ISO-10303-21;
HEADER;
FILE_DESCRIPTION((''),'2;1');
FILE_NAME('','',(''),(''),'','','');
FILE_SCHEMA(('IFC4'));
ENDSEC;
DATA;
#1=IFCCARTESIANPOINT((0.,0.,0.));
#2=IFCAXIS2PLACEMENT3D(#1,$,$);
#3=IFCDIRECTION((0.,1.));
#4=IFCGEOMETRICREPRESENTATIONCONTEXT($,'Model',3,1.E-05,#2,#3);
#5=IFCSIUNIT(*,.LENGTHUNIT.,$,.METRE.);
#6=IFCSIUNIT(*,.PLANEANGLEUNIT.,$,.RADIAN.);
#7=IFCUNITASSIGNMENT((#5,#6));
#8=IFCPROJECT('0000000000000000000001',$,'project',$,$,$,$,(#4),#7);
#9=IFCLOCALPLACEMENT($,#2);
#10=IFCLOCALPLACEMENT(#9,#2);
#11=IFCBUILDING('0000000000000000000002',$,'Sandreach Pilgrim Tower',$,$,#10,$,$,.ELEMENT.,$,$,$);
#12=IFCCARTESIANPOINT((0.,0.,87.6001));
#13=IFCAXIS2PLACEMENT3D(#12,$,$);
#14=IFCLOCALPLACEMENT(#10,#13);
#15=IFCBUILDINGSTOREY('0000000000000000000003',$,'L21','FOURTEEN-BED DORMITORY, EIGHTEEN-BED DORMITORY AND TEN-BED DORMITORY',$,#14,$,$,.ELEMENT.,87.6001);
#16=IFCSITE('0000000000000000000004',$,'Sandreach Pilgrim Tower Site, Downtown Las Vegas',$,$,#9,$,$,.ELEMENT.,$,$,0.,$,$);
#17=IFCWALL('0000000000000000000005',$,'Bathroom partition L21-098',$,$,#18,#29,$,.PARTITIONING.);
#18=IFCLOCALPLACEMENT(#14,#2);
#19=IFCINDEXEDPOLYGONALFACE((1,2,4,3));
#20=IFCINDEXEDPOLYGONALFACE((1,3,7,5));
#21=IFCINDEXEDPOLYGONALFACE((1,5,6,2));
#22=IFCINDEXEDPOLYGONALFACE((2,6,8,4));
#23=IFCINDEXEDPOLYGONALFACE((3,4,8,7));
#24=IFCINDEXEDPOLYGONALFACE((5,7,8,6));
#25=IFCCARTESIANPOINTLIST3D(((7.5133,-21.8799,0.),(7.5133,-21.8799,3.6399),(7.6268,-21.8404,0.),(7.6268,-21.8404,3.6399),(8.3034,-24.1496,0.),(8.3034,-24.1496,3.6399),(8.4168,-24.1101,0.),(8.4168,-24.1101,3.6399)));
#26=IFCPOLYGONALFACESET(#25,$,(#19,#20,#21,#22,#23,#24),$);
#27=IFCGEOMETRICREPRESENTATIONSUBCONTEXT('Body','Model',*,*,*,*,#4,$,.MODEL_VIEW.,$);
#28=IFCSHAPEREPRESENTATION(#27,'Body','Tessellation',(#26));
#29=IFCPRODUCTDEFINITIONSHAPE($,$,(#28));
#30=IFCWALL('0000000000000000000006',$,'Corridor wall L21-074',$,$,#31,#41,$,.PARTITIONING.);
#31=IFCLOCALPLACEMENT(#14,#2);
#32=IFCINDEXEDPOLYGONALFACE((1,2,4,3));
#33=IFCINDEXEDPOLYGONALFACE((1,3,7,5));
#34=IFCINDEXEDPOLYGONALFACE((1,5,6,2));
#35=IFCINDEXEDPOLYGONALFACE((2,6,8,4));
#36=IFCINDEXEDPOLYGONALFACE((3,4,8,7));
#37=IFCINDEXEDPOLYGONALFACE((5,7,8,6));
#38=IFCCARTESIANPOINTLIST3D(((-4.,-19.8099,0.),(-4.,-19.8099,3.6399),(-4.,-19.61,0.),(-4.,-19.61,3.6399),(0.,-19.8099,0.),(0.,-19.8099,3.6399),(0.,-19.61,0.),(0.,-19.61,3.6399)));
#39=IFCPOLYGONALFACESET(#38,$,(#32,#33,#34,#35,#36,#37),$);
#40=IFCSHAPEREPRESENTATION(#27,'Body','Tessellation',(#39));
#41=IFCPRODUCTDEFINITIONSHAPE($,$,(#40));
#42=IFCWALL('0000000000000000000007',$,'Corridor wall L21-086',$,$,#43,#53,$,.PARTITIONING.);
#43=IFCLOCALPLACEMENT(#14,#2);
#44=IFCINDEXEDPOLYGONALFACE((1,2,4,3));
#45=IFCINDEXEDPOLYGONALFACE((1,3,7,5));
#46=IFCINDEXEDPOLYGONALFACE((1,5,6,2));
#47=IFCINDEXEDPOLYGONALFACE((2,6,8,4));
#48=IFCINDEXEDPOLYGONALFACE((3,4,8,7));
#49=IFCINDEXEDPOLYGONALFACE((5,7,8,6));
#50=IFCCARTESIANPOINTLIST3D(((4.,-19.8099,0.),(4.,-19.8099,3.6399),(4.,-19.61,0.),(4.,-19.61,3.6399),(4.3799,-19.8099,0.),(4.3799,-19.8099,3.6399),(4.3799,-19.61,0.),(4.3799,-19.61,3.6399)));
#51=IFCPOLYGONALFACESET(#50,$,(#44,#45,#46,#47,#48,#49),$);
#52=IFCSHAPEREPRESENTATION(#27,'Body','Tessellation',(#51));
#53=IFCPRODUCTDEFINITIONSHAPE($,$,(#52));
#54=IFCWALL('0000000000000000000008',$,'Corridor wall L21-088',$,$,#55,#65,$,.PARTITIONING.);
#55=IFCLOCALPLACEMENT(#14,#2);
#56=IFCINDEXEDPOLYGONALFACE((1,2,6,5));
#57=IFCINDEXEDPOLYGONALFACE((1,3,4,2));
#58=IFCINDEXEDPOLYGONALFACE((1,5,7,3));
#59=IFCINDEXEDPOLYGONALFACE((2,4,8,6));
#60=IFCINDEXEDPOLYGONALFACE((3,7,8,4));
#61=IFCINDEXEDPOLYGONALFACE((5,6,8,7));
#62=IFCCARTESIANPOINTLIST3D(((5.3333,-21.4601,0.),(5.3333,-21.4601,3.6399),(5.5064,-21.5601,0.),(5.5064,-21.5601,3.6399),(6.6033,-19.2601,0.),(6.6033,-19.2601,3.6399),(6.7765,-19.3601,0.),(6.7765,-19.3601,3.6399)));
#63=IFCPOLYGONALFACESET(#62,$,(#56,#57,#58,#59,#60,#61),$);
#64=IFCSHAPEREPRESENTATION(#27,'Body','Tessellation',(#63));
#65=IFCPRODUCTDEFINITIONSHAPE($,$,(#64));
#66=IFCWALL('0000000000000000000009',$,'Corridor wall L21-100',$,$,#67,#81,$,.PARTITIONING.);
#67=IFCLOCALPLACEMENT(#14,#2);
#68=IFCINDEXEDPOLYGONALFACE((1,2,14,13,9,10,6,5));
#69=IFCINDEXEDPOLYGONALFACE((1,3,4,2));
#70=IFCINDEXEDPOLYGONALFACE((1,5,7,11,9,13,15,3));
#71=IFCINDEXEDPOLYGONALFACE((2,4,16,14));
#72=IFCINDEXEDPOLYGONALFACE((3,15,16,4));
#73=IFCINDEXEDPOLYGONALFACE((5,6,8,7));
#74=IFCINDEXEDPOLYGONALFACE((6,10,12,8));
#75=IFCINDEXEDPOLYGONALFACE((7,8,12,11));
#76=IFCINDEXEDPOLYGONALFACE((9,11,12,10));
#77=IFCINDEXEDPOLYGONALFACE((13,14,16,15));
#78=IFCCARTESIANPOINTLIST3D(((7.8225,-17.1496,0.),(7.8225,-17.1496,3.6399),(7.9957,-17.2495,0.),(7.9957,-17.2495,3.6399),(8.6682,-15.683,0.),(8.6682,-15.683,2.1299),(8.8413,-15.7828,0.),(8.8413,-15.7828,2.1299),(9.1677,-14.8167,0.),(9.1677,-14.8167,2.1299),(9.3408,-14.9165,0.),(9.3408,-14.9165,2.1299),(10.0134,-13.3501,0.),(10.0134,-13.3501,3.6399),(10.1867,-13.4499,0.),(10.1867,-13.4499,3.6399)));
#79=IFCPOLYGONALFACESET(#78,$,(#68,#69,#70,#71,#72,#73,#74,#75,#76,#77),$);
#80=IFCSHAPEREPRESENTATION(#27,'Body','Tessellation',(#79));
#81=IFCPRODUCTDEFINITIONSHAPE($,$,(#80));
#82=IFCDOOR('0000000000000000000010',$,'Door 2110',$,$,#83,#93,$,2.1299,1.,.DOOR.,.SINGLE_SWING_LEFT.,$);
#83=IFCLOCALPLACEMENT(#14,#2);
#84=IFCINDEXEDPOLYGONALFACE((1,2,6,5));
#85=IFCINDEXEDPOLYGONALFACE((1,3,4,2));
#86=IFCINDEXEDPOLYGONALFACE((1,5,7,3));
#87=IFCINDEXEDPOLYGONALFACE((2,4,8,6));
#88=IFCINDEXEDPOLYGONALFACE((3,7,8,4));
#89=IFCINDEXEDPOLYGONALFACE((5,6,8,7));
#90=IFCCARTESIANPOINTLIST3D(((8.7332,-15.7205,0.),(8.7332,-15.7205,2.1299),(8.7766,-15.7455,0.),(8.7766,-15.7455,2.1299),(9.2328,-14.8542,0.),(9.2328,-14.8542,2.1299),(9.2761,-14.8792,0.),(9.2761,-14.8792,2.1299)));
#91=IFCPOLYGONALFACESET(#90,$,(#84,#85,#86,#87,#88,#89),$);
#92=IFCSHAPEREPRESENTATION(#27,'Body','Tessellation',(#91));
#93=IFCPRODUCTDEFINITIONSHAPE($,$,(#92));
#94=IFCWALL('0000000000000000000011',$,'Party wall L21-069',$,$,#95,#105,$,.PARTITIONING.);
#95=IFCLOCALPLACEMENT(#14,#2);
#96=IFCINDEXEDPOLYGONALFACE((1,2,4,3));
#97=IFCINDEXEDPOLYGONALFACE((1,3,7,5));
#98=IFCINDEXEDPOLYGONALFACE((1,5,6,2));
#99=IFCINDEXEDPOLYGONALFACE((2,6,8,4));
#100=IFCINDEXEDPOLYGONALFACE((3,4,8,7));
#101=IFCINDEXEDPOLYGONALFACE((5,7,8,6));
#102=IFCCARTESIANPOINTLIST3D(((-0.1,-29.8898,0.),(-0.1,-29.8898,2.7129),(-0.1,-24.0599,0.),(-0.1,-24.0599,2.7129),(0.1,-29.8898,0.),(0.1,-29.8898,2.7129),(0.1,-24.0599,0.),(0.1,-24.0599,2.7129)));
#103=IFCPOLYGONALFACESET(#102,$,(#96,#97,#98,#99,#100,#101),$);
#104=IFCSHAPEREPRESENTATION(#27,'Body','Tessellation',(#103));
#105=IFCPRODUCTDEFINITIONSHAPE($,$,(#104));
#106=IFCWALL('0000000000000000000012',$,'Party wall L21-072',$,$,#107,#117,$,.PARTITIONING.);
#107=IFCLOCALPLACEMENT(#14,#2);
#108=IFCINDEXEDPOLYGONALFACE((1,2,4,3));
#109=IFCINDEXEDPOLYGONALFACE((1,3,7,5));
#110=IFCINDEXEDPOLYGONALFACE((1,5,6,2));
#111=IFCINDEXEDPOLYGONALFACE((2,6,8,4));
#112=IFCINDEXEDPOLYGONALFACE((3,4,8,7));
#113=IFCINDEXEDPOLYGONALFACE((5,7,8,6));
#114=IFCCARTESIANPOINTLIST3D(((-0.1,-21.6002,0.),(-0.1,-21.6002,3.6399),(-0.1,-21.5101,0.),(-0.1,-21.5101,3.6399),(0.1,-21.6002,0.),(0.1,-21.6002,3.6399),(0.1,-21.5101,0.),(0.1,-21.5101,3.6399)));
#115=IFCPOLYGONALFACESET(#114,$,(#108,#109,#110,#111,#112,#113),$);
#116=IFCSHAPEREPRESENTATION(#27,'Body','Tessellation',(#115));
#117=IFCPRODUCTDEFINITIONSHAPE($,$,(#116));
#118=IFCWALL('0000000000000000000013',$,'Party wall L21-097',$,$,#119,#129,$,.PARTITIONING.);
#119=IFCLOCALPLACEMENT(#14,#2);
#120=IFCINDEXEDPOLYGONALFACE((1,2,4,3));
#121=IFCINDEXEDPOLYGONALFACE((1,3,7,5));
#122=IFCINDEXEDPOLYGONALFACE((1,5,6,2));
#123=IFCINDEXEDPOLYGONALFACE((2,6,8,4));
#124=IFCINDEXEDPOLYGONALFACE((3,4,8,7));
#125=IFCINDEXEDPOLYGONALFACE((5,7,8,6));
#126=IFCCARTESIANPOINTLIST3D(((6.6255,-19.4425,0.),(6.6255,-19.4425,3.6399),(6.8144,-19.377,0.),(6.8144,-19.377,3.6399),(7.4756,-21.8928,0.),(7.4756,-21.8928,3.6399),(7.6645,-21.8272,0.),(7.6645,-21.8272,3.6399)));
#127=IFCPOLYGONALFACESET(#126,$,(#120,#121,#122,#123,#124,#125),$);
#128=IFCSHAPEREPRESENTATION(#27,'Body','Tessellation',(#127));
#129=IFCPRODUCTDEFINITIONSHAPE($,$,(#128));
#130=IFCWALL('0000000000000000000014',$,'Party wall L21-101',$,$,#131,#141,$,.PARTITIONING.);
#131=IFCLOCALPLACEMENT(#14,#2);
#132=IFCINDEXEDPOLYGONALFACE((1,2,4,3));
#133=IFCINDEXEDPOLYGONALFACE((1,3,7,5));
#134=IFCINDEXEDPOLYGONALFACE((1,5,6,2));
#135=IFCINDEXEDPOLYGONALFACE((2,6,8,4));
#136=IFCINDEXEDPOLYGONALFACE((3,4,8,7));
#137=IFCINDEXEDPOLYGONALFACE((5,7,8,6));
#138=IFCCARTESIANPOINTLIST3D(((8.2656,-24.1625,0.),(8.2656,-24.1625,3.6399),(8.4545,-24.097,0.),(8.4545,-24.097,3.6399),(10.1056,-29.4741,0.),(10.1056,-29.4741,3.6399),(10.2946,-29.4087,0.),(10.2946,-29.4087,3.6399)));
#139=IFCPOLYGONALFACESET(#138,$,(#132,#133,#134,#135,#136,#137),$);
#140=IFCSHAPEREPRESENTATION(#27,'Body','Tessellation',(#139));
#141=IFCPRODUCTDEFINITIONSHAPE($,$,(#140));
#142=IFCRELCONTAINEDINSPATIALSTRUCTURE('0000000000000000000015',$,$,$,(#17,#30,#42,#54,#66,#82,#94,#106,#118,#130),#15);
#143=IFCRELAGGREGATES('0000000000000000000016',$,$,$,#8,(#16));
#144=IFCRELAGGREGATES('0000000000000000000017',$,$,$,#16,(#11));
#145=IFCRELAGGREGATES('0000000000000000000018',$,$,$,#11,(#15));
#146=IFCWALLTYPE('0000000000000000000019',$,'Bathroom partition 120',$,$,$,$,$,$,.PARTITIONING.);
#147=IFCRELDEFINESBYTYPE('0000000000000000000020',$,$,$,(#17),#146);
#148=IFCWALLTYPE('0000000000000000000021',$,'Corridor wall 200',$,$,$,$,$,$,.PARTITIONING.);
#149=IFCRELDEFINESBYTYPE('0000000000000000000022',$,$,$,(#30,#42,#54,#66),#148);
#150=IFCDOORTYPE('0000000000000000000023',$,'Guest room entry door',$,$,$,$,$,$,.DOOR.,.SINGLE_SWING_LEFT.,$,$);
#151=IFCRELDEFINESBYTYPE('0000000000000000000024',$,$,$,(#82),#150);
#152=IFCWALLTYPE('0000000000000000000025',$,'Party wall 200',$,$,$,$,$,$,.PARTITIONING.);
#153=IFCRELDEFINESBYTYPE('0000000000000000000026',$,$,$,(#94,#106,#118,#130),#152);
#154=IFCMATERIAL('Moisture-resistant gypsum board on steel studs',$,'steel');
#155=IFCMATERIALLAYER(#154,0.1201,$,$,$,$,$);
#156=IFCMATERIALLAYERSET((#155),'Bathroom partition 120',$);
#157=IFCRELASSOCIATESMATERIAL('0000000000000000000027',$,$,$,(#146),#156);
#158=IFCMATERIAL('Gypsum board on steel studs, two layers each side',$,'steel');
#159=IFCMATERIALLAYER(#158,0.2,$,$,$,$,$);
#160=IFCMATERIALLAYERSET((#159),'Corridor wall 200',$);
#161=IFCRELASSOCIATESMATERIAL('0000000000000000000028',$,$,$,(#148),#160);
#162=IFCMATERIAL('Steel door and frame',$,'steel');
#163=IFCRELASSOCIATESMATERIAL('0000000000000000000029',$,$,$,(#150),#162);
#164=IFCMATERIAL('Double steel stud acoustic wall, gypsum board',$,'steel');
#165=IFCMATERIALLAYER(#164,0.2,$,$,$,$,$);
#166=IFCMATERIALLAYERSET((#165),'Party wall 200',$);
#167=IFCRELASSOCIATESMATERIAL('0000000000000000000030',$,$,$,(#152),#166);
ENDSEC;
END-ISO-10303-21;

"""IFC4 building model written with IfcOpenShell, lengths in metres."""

from ifc_helpers import new_model, si_unit, direction, frame, frame_2d, origin, place, context, subcontext, project, spatial, rectangle, extrude, material, layer, layer_set, type_object, element, fill, save


model = new_model("IFC4")

# Units and contexts
model_context = context("Model", 3, precision=1e-05, world=origin(), true_north=direction((0.0, 1.0)))
body_context = subcontext(model_context, "Body", "Model", "MODEL_VIEW")
ifc_project = project(units=[si_unit("LENGTHUNIT", "METRE"), si_unit("PLANEANGLEUNIT", "RADIAN")], contexts=[model_context])

# Site, building, storey
site_placement = place(None, origin())
site = spatial("IfcSite", under=ifc_project, at=site_placement, Name="Sandreach Pilgrim Tower Site, Downtown Las Vegas", CompositionType="ELEMENT", RefElevation=0.0)
building_placement = place(site_placement, origin())
building = spatial("IfcBuilding", under=site, at=building_placement, Name="Sandreach Pilgrim Tower", CompositionType="ELEMENT")
storey_placement = place(building_placement, frame((0.0, 0.0, 87.6001)))
storey = spatial("IfcBuildingStorey", under=building, at=storey_placement, Name="L21", Description="FOURTEEN-BED DORMITORY, EIGHTEEN-BED DORMITORY AND TEN-BED DORMITORY", CompositionType="ELEMENT", Elevation=87.6001)

# Shared definitions
ifc_material_1 = material(Name="Moisture-resistant gypsum board on steel studs", Category="steel")
ifc_layer_1 = layer(ifc_material_1, 0.1201)
ifc_layer_set_1 = layer_set([ifc_layer_1], Name="Bathroom partition 120")
wall_type_1 = type_object("IfcWallType", Name="Bathroom partition 120", PredefinedType="PARTITIONING", material=ifc_layer_set_1)

# Wall
wall_1_placement = place(storey_placement, frame((7.5701, -21.8601, 0.0), z_axis=(0.0, 0.0, 1.0), x_axis=(0.328725, -0.944426, 0.0)))
element("IfcWall", 1, at=wall_1_placement, inside=storey, type_object=wall_type_1, Name="Bathroom partition L21-098", PredefinedType="PARTITIONING", context=body_context, shape_type="SweptSolid", body=[
    extrude(rectangle(XDim=2.4033, YDim=0.1201, at=frame_2d((1.2017, 0.0))), origin(), (0.0, 0.0, 1.0), 3.6399),
])

# Shared definitions
ifc_material_2 = material(Name="Gypsum board on steel studs, two layers each side", Category="steel")
ifc_layer_2 = layer(ifc_material_2, 0.2)
ifc_layer_set_2 = layer_set([ifc_layer_2], Name="Corridor wall 200")
wall_type_2 = type_object("IfcWallType", Name="Corridor wall 200", PredefinedType="PARTITIONING", material=ifc_layer_set_2)
ifc_material_3 = material(Name="Steel door and frame", Category="steel")
door_type_1 = type_object("IfcDoorType", Name="Guest room entry door", OperationType="SINGLE_SWING_LEFT", PredefinedType="DOOR", material=ifc_material_3)

# Wall
wall_2_placement = place(storey_placement, frame((0.0, -19.71, 0.0), z_axis=(0.0, 0.0, 1.0), x_axis=(-1.0, 0.0, 0.0)))
element("IfcWall", 2, at=wall_2_placement, inside=storey, type_object=wall_type_2, Name="Corridor wall L21-074", PredefinedType="PARTITIONING", context=body_context, shape_type="SweptSolid", body=[
    extrude(rectangle(XDim=4.0, YDim=0.2, at=frame_2d((2.0, 0.0))), origin(), (0.0, 0.0, 1.0), 3.6399),
])

# Walls
wall_3_placement = place(storey_placement, frame((4.3799, -19.71, 0.0), z_axis=(0.0, 0.0, 1.0), x_axis=(-1.0, 0.0, 0.0)))
element("IfcWall", 3, at=wall_3_placement, inside=storey, type_object=wall_type_2, Name="Corridor wall L21-086", PredefinedType="PARTITIONING", context=body_context, shape_type="SweptSolid", body=[
    extrude(rectangle(XDim=0.3799, YDim=0.2, at=frame_2d((0.1899, 0.0))), origin(), (0.0, 0.0, 1.0), 3.6399),
])
wall_4_placement = place(storey_placement, frame((5.4199, -21.51, 0.0), z_axis=(0.0, 0.0, 1.0), x_axis=(0.499964, 0.866046, 0.0)))
element("IfcWall", 4, at=wall_4_placement, inside=storey, type_object=wall_type_2, Name="Corridor wall L21-088", PredefinedType="PARTITIONING", context=body_context, shape_type="SweptSolid", body=[
    extrude(rectangle(XDim=2.5403, YDim=0.2, at=frame_2d((1.27, 0.0))), origin(), (0.0, 0.0, 1.0), 3.6399),
])

# Wall, opening, door
wall_5_placement = place(storey_placement, frame((7.9092, -17.1995, 0.0), z_axis=(0.0, 0.0, 1.0), x_axis=(0.499528, 0.866298, 0.0)))
wall_5 = element("IfcWall", 5, at=wall_5_placement, inside=storey, type_object=wall_type_2, Name="Corridor wall L21-100", PredefinedType="PARTITIONING", context=body_context, shape_type="SweptSolid", body=[
    extrude(rectangle(XDim=4.386, YDim=0.2, at=frame_2d((2.1929, 0.0))), origin(), (0.0, 0.0, 1.0), 3.6399),
])
opening_1_placement = place(wall_5_placement, frame((1.6929, 0.0, 0.0)))
opening_1 = element("IfcOpeningElement", 6, at=opening_1_placement, cuts=wall_5, PredefinedType="OPENING", context=body_context, shape_type="SweptSolid", body=[
    extrude(rectangle(XDim=1.0, YDim=2.1299, at=frame_2d((0.5, 1.0649))), frame((0.0, 0.1001, 0.0), z_axis=(0.0, -1.0, 0.0), x_axis=(1.0, 0.0, 0.0)), (0.0, 0.0, 1.0), 0.2),
])
door_1_placement = place(opening_1_placement, origin())
door_1 = element("IfcDoor", 7, at=door_1_placement, inside=storey, type_object=door_type_1, Name="Door 2110", OperationType="SINGLE_SWING_LEFT", OverallHeight=2.1299, OverallWidth=1.0, PredefinedType="DOOR", context=body_context, shape_type="SweptSolid", body=[
    extrude(rectangle(XDim=1.0, YDim=2.1299, at=frame_2d((0.5, 1.0649))), frame((0.0, 0.0249, 0.0), z_axis=(0.0, -1.0, 0.0), x_axis=(1.0, 0.0, 0.0)), (0.0, 0.0, 1.0), 0.05),
])
fill(opening_1, door_1)

# Walls
ifc_material_4 = material(Name="Double steel stud acoustic wall, gypsum board", Category="steel")
ifc_layer_3 = layer(ifc_material_4, 0.2)
ifc_layer_set_3 = layer_set([ifc_layer_3], Name="Party wall 200")
wall_type_3 = type_object("IfcWallType", Name="Party wall 200", PredefinedType="PARTITIONING", material=ifc_layer_set_3)
wall_6_placement = place(storey_placement, frame((0.0, -29.8899, 0.0), z_axis=(0.0, 0.0, 1.0), x_axis=(0.0, 1.0, 0.0)))
element("IfcWall", 8, at=wall_6_placement, inside=storey, type_object=wall_type_3, Name="Party wall L21-069", PredefinedType="PARTITIONING", context=body_context, shape_type="SweptSolid", body=[
    extrude(rectangle(XDim=5.8298, YDim=0.2, at=frame_2d((2.915, 0.0))), origin(), (0.0, 0.0, 1.0), 2.7129),
])
wall_7_placement = place(storey_placement, frame((0.0, -21.6001, 0.0), z_axis=(0.0, 0.0, 1.0), x_axis=(0.0, 1.0, 0.0)))
element("IfcWall", 9, at=wall_7_placement, inside=storey, type_object=wall_type_3, Name="Party wall L21-072", PredefinedType="PARTITIONING", context=body_context, shape_type="SweptSolid", body=[
    extrude(rectangle(XDim=0.0901, YDim=0.2, at=frame_2d((0.0449, 0.0))), origin(), (0.0, 0.0, 1.0), 3.6399),
])
wall_8_placement = place(storey_placement, frame((7.5701, -21.8601, 0.0), z_axis=(0.0, 0.0, 1.0), x_axis=(-0.327783, 0.944753, 0.0)))
element("IfcWall", 10, at=wall_8_placement, inside=storey, type_object=wall_type_3, Name="Party wall L21-097", PredefinedType="PARTITIONING", context=body_context, shape_type="SweptSolid", body=[
    extrude(rectangle(XDim=2.5935, YDim=0.2, at=frame_2d((1.2969, 0.0))), origin(), (0.0, 0.0, 1.0), 3.6399),
])
wall_9_placement = place(storey_placement, frame((8.3601, -24.1299, 0.0), z_axis=(0.0, 0.0, 1.0), x_axis=(0.327333, -0.944909, 0.0)))
element("IfcWall", 11, at=wall_9_placement, inside=storey, type_object=wall_type_3, Name="Party wall L21-101", PredefinedType="PARTITIONING", context=body_context, shape_type="SweptSolid", body=[
    extrude(rectangle(XDim=5.6213, YDim=0.2, at=frame_2d((2.8105, 0.0))), origin(), (0.0, 0.0, 1.0), 3.6399),
])

save(model, "model.ifc")
